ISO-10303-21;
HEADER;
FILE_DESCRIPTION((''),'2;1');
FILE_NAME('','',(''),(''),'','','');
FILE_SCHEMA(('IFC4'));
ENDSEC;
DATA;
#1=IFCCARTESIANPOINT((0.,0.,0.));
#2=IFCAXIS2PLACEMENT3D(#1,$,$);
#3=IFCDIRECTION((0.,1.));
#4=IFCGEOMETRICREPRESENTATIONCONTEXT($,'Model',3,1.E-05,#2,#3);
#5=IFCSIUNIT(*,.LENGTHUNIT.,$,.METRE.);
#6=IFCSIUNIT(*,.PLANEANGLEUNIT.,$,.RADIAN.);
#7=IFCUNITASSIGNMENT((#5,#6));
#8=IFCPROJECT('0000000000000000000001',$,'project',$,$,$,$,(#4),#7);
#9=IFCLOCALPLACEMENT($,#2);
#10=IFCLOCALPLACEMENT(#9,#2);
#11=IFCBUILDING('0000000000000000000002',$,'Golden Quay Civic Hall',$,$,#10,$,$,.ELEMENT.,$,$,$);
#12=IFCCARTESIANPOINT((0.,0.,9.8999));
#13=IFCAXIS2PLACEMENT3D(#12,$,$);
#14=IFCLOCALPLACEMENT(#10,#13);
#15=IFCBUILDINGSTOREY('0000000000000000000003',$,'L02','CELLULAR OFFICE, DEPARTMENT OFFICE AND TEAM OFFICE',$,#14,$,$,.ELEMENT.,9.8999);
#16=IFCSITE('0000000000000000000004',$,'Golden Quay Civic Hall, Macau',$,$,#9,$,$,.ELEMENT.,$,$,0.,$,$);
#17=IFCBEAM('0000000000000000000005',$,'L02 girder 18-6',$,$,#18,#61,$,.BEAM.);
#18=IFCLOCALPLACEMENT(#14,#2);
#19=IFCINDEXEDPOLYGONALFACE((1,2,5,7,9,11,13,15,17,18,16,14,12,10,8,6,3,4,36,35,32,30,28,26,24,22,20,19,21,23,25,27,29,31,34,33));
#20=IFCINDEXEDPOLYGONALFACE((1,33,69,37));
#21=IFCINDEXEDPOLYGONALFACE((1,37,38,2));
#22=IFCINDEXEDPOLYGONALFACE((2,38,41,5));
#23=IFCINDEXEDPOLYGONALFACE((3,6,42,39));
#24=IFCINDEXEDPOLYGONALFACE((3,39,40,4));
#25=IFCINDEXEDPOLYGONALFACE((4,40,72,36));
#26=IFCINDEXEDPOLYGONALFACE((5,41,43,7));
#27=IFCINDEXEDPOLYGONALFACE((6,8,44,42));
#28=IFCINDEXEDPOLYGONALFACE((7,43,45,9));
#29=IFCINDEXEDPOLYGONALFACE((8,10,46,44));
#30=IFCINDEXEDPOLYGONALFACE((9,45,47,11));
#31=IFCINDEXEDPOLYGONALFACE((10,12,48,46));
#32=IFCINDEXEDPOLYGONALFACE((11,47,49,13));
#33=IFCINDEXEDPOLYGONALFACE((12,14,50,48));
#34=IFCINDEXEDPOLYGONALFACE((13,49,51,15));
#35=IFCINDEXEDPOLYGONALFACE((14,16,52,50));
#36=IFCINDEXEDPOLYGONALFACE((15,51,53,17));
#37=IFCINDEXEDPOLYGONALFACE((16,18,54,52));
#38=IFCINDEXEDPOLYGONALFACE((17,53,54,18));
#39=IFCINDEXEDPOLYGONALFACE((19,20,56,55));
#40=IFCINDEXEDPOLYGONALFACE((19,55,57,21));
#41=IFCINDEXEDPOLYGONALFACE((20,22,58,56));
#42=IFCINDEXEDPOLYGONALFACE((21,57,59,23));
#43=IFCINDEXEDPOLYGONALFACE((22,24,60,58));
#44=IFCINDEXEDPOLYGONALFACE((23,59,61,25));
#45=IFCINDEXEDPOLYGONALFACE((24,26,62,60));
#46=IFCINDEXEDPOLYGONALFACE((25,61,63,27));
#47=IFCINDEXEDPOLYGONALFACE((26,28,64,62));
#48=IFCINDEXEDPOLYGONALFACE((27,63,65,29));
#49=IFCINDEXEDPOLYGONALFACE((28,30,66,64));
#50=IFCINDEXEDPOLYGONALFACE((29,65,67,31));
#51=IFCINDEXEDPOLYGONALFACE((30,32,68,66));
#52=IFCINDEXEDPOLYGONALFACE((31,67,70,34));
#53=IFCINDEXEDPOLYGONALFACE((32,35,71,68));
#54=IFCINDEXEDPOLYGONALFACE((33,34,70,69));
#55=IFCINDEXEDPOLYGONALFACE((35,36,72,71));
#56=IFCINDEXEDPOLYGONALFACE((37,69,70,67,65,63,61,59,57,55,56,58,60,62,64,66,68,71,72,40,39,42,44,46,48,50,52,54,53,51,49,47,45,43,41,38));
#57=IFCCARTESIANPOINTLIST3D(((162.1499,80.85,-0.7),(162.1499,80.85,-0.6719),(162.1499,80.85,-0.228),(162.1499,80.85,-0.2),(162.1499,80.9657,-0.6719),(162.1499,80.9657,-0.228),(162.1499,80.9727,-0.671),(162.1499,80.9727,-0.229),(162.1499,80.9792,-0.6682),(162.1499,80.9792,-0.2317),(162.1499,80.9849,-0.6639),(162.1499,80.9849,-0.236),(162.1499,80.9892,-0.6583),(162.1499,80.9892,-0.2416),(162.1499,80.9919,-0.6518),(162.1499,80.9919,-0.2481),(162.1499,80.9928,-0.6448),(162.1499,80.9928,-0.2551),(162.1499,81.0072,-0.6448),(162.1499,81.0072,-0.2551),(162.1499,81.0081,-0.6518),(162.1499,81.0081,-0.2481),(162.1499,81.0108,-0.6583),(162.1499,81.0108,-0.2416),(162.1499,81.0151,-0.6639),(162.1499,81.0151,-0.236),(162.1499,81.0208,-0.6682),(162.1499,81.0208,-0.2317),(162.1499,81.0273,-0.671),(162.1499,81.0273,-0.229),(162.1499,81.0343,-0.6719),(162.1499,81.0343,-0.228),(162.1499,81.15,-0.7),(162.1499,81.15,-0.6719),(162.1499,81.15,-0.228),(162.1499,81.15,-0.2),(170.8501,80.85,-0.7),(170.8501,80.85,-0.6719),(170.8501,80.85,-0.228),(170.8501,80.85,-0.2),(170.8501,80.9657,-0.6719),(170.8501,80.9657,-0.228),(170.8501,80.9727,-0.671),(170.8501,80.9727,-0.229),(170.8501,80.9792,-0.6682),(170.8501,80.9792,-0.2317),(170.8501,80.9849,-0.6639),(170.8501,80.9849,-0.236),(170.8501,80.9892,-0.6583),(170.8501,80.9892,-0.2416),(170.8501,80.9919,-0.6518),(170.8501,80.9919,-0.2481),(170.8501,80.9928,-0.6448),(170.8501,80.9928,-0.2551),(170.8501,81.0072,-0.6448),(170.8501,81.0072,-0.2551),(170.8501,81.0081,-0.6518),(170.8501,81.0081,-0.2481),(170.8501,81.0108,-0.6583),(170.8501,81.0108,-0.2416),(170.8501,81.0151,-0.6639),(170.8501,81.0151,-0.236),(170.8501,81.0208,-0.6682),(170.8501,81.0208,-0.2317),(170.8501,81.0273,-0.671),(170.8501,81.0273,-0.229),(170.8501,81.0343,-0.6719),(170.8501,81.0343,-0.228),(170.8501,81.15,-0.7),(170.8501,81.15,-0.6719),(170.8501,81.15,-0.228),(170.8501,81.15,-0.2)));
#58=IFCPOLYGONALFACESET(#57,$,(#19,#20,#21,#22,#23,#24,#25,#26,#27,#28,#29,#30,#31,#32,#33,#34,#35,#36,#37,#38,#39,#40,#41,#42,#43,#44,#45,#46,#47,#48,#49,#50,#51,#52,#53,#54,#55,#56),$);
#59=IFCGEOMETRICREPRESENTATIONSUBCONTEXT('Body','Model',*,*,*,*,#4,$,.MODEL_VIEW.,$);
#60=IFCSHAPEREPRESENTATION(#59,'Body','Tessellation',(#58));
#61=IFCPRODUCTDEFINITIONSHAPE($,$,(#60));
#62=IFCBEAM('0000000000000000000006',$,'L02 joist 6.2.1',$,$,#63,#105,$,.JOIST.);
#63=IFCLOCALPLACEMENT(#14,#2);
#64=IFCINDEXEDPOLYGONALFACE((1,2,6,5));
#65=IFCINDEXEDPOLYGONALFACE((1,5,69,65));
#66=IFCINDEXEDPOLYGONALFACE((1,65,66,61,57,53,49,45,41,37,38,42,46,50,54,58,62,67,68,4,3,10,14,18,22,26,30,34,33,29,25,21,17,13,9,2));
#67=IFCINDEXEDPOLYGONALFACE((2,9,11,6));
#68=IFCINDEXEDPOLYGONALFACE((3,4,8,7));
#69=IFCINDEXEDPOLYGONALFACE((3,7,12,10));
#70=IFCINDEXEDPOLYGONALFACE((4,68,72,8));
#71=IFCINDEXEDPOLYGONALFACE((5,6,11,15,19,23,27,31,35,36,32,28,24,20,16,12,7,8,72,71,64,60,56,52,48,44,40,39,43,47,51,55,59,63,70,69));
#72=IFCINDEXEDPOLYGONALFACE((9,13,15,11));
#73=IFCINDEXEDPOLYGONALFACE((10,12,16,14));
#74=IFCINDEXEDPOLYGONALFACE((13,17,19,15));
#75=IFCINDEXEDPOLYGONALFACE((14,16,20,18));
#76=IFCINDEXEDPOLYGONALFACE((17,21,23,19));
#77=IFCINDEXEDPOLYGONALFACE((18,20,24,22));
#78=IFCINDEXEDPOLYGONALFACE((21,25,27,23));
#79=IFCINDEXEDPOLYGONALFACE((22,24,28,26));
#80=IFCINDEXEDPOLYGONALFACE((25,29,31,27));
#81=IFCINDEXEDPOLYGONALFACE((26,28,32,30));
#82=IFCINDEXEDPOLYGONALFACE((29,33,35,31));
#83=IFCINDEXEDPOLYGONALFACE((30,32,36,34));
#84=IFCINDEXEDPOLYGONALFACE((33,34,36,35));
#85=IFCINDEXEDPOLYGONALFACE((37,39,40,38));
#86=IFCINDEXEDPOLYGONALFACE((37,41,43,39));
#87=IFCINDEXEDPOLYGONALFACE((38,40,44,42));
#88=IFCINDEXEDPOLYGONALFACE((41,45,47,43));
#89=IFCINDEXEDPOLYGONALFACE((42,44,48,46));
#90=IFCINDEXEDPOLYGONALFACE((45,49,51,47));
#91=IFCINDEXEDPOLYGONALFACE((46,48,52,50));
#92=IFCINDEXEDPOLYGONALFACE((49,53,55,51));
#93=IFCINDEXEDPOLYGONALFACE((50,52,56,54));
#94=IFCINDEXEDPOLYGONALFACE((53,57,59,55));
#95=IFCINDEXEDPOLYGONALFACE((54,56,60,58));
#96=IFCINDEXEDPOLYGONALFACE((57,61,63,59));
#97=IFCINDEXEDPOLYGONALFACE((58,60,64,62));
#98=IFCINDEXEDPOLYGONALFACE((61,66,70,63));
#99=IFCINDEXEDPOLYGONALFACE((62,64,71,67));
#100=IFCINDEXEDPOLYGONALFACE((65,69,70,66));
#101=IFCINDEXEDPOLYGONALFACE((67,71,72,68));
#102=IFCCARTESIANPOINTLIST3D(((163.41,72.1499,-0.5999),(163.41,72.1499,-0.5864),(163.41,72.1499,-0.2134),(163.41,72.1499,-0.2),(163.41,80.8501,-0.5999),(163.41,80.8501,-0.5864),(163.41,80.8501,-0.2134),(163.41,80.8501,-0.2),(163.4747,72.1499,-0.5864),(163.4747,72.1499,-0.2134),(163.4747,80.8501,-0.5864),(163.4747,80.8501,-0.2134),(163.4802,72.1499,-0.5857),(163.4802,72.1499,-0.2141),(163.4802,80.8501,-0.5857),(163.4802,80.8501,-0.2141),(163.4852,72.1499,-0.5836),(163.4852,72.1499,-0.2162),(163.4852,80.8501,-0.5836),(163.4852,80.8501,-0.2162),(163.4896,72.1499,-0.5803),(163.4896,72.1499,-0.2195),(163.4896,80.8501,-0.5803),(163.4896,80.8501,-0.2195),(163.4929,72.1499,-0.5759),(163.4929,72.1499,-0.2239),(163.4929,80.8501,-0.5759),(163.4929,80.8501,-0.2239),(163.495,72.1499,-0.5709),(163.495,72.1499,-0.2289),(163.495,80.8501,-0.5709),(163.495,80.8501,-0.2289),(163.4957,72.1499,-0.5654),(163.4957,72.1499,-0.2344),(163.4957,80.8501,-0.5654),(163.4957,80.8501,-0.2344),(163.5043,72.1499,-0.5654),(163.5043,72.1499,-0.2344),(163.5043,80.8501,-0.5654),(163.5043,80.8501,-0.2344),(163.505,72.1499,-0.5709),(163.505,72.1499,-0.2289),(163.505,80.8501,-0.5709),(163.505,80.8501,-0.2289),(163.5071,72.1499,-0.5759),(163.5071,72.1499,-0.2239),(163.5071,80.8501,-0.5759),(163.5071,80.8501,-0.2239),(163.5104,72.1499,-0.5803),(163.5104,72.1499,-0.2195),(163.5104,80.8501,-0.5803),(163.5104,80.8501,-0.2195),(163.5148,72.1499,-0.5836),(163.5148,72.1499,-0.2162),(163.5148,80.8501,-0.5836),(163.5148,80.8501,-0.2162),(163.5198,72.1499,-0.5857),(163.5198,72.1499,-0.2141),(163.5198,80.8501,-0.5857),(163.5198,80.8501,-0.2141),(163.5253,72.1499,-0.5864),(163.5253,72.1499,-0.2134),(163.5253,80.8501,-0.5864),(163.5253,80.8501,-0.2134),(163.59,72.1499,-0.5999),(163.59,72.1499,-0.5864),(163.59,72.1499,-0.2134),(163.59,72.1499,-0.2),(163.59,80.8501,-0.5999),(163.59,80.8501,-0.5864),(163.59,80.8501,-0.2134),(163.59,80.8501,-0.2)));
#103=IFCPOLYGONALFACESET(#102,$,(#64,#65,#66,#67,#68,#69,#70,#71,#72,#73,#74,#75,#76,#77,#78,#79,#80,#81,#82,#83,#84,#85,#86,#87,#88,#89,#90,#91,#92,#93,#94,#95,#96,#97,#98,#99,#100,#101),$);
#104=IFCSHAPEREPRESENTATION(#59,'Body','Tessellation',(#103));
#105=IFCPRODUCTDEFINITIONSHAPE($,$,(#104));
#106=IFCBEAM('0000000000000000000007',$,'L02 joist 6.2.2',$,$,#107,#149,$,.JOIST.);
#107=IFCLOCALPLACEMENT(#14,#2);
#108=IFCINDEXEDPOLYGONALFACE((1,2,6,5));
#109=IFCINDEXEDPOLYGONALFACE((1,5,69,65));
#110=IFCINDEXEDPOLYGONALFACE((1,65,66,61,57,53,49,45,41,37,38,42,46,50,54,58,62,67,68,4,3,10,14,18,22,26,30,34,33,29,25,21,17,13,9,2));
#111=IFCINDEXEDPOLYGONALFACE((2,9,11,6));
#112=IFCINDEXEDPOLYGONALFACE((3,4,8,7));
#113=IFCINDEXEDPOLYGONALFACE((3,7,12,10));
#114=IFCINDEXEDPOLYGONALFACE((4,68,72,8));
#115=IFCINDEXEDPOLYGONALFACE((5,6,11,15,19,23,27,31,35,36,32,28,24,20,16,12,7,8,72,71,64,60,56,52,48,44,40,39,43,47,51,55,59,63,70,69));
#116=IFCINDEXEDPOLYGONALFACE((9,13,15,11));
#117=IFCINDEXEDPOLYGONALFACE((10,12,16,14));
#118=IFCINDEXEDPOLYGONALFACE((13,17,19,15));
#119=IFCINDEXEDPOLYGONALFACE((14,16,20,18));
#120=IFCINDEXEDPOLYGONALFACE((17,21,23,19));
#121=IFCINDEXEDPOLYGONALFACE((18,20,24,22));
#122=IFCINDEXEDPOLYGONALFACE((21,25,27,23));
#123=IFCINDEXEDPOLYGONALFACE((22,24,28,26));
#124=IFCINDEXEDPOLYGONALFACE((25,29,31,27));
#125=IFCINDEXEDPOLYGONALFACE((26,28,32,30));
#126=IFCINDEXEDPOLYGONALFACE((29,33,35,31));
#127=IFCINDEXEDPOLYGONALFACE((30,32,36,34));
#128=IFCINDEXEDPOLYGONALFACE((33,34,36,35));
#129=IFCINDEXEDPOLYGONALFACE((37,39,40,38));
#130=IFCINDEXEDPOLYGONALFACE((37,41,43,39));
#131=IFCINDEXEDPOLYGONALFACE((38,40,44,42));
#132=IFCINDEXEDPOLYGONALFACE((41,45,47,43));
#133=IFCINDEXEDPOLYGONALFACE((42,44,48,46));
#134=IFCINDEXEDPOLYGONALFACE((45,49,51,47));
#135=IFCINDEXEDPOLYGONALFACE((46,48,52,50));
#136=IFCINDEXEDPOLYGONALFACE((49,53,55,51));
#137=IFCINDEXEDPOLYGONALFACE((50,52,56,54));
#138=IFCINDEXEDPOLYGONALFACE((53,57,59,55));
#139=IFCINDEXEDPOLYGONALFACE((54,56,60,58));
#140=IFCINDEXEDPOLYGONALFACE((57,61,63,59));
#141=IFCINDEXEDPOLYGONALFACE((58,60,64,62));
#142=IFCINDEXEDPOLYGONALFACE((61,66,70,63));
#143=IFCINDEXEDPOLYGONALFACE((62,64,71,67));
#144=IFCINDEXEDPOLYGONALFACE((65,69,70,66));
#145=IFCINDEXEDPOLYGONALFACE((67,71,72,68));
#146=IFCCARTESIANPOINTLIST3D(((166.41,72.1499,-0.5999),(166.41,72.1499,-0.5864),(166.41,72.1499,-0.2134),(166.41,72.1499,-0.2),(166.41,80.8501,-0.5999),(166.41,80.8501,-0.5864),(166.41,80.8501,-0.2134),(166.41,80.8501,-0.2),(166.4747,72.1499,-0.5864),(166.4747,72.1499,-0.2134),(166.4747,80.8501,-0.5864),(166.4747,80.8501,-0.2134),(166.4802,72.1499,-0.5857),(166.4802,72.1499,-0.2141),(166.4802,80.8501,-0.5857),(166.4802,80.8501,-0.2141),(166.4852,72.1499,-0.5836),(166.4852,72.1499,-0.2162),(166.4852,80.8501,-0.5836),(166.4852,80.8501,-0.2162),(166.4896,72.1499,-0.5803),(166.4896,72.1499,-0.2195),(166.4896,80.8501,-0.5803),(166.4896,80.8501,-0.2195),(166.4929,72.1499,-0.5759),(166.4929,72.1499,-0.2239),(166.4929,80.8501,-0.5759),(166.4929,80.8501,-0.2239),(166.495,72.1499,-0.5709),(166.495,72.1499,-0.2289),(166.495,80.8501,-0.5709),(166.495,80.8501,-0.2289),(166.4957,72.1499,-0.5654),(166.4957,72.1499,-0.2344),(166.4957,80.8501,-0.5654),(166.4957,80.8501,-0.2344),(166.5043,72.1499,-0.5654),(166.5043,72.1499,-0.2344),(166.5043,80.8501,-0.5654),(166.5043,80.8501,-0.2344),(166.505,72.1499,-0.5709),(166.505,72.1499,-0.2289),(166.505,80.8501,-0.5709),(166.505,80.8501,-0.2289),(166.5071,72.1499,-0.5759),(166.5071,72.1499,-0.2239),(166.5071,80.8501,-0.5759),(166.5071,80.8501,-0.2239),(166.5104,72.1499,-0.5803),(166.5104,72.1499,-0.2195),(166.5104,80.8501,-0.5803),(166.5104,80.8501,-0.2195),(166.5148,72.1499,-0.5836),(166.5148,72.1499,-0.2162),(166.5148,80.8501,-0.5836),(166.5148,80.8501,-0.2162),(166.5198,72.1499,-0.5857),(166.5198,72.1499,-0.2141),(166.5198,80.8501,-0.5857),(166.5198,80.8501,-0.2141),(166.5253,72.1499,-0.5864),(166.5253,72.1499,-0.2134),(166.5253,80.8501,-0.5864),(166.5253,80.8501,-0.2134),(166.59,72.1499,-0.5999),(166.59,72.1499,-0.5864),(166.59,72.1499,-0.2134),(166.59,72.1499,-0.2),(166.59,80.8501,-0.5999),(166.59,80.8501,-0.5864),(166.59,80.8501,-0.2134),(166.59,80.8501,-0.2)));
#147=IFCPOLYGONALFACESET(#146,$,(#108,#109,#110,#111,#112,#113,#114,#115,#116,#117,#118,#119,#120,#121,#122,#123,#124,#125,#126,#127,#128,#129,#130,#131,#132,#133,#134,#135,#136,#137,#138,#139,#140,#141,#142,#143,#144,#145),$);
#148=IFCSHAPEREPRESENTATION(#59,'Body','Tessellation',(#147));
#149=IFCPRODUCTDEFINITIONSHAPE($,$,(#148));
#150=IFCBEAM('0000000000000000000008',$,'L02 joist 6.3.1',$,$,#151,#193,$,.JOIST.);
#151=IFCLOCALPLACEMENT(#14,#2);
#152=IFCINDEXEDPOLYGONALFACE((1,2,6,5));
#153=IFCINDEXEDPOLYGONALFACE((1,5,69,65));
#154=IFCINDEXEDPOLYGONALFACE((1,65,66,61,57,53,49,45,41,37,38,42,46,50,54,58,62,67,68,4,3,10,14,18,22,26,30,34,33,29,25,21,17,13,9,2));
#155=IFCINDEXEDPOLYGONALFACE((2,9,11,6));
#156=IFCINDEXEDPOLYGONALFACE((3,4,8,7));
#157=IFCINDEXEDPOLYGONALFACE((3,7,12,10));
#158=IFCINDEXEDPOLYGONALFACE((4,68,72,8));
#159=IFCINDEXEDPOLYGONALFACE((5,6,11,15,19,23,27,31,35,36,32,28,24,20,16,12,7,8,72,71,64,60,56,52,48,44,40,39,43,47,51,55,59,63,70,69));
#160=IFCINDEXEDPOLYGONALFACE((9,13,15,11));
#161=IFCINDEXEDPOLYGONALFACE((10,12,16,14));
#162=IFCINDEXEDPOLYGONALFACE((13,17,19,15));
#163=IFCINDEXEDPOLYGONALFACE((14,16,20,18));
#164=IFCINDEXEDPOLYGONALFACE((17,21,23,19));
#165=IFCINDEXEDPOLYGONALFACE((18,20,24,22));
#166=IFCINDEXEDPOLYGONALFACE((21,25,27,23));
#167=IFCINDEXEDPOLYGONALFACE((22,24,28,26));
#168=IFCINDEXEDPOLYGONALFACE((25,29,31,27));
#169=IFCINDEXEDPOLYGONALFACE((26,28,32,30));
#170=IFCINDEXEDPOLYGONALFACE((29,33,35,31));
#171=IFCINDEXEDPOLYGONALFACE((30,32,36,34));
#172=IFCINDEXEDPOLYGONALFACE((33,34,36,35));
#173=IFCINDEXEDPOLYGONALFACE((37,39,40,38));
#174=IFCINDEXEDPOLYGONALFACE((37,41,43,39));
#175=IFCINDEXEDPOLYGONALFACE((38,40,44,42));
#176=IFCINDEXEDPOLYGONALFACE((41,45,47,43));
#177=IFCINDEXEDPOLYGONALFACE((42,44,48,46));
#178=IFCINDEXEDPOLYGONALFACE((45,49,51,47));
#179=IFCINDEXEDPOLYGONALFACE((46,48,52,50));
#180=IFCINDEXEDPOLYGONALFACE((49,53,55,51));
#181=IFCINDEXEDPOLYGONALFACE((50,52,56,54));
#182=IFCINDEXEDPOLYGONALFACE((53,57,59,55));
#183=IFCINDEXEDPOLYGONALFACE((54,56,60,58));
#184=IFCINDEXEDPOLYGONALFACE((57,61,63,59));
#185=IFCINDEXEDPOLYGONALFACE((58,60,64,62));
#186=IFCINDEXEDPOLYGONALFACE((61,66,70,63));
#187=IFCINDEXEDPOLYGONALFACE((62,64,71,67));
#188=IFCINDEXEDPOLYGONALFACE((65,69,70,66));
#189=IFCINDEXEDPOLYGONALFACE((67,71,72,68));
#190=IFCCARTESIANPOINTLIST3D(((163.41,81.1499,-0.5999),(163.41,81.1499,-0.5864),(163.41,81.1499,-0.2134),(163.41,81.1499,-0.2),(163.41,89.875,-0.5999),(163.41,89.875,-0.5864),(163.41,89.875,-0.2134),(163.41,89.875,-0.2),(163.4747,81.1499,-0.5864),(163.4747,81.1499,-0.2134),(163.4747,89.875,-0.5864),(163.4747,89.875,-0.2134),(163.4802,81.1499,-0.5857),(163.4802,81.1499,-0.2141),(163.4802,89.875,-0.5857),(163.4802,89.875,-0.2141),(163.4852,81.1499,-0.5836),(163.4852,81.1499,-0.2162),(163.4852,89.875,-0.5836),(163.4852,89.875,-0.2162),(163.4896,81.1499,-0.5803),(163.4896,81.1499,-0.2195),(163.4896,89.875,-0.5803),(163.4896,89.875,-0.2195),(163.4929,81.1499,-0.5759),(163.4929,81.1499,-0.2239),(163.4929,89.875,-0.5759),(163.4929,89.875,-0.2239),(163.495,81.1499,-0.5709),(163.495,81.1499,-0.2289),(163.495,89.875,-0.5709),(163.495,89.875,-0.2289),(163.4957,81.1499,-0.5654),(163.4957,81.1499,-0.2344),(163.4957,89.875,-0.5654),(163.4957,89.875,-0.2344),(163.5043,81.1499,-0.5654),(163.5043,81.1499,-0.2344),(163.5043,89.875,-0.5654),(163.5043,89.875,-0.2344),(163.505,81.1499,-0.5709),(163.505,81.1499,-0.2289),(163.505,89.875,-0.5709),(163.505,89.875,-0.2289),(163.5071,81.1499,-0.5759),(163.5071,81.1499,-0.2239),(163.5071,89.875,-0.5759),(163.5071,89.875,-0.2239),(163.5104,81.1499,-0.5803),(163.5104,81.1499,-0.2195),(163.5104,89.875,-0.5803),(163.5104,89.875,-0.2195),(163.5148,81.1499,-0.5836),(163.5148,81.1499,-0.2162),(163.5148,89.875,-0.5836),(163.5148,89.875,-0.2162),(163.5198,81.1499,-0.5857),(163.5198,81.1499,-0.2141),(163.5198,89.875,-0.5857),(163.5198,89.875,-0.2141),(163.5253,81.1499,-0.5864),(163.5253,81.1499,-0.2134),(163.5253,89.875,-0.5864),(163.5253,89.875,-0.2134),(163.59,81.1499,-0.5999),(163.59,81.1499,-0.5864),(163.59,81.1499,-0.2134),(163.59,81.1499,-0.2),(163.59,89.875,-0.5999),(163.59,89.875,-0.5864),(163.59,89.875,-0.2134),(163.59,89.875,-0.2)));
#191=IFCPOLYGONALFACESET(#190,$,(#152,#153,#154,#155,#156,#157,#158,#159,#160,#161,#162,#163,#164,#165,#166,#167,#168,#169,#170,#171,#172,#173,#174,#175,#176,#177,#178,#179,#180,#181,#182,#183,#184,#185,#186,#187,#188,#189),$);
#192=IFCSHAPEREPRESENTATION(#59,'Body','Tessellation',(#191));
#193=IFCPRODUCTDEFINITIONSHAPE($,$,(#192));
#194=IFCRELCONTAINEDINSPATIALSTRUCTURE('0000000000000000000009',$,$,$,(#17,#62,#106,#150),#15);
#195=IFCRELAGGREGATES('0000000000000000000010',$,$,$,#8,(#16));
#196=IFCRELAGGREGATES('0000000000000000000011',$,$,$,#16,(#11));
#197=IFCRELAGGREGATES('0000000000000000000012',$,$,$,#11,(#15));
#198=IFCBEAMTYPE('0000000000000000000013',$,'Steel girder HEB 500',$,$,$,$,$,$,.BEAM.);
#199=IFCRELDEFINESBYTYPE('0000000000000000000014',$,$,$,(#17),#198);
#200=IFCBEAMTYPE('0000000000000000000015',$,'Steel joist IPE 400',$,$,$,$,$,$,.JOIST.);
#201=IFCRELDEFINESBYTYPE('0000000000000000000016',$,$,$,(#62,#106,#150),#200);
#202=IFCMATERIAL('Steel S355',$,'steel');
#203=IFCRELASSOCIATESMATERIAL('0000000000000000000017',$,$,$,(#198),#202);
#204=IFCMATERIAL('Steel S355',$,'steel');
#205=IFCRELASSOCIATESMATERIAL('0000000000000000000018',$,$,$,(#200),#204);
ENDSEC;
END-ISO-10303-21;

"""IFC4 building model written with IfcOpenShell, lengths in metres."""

from ifc_helpers import new_model, si_unit, direction, frame, origin, origin_2d, place, context, subcontext, project, spatial, i_section, extrude, material, material_profile, profile_set, type_object, element, save


model = new_model("IFC4")

# Units and contexts
model_context = context("Model", 3, precision=1e-05, world=origin(), true_north=direction((0.0, 1.0)))
body_context = subcontext(model_context, "Body", "Model", "MODEL_VIEW")
ifc_project = project(units=[si_unit("LENGTHUNIT", "METRE"), si_unit("PLANEANGLEUNIT", "RADIAN")], contexts=[model_context])

# Site, building, storey
site_placement = place(None, origin())
site = spatial("IfcSite", under=ifc_project, at=site_placement, Name="Golden Quay Civic Hall, Macau", CompositionType="ELEMENT", RefElevation=0.0)
building_placement = place(site_placement, origin())
building = spatial("IfcBuilding", under=site, at=building_placement, Name="Golden Quay Civic Hall", CompositionType="ELEMENT")
storey_placement = place(building_placement, frame((0.0, 0.0, 9.8999)))
storey = spatial("IfcBuildingStorey", under=building, at=storey_placement, Name="L02", Description="CELLULAR OFFICE, DEPARTMENT OFFICE AND TEAM OFFICE", CompositionType="ELEMENT", Elevation=9.8999)

# Beams
ifc_material_1 = material(Name="Steel S355", Category="steel")
ifc_material_profile_1 = material_profile(ifc_material_1, i_section(OverallWidth=0.3, OverallDepth=0.5, WebThickness=0.0144, FlangeThickness=0.0281, FilletRadius=0.0271, at=origin_2d()), Name="HEB 500")
ifc_profile_set_1 = profile_set([ifc_material_profile_1], Name="Steel S355")
beam_type_1 = type_object("IfcBeamType", Name="Steel girder HEB 500", PredefinedType="BEAM", material=ifc_profile_set_1)
for number, where, z_axis, x_axis, name in (
    (1, (162.1499, 81.0, -0.45), (1.0, 0.0, 0.0), (0.0, 1.0, 0.0), "L02 girder 18-6"),
):
    element("IfcBeam", number, at=place(storey_placement, frame(where, z_axis=z_axis, x_axis=x_axis)), inside=storey, type_object=beam_type_1, Name=name, PredefinedType="BEAM", context=body_context, shape_type="SweptSolid", body=[
        extrude(i_section(OverallWidth=0.3, OverallDepth=0.5, WebThickness=0.0144, FlangeThickness=0.0281, FilletRadius=0.0271, at=origin_2d()), origin(), (0.0, 0.0, 1.0), 8.7002),
    ])
ifc_material_2 = material(Name="Steel S355", Category="steel")
ifc_material_profile_2 = material_profile(ifc_material_2, i_section(OverallWidth=0.1799, OverallDepth=0.3999, WebThickness=0.0085, FlangeThickness=0.0134, FilletRadius=0.021, at=origin_2d()), Name="IPE 400")
ifc_profile_set_2 = profile_set([ifc_material_profile_2], Name="Steel S355")
beam_type_2 = type_object("IfcBeamType", Name="Steel joist IPE 400", PredefinedType="JOIST", material=ifc_profile_set_2)
for number, where, z_axis, x_axis, name in (
    (2, (163.5, 72.1499, -0.3999), (0.0, 1.0, 0.0), (-1.0, 0.0, 0.0), "L02 joist 6.2.1"),
    (3, (166.5, 72.1499, -0.3999), (0.0, 1.0, 0.0), (-1.0, 0.0, 0.0), "L02 joist 6.2.2"),
):
    element("IfcBeam", number, at=place(storey_placement, frame(where, z_axis=z_axis, x_axis=x_axis)), inside=storey, type_object=beam_type_2, Name=name, PredefinedType="JOIST", context=body_context, shape_type="SweptSolid", body=[
        extrude(i_section(OverallWidth=0.1799, OverallDepth=0.3999, WebThickness=0.0085, FlangeThickness=0.0134, FilletRadius=0.021, at=origin_2d()), origin(), (0.0, 0.0, 1.0), 8.7002),
    ])
beam_placement = place(storey_placement, frame((163.5, 81.1499, -0.3999), z_axis=(0.0, 1.0, 0.0), x_axis=(-1.0, 0.0, 0.0)))
element("IfcBeam", 4, at=beam_placement, inside=storey, type_object=beam_type_2, Name="L02 joist 6.3.1", PredefinedType="JOIST", context=body_context, shape_type="SweptSolid", body=[
    extrude(i_section(OverallWidth=0.1799, OverallDepth=0.3999, WebThickness=0.0085, FlangeThickness=0.0134, FilletRadius=0.021, at=origin_2d()), origin(), (0.0, 0.0, 1.0), 8.7251),
])

save(model, "model.ifc")
